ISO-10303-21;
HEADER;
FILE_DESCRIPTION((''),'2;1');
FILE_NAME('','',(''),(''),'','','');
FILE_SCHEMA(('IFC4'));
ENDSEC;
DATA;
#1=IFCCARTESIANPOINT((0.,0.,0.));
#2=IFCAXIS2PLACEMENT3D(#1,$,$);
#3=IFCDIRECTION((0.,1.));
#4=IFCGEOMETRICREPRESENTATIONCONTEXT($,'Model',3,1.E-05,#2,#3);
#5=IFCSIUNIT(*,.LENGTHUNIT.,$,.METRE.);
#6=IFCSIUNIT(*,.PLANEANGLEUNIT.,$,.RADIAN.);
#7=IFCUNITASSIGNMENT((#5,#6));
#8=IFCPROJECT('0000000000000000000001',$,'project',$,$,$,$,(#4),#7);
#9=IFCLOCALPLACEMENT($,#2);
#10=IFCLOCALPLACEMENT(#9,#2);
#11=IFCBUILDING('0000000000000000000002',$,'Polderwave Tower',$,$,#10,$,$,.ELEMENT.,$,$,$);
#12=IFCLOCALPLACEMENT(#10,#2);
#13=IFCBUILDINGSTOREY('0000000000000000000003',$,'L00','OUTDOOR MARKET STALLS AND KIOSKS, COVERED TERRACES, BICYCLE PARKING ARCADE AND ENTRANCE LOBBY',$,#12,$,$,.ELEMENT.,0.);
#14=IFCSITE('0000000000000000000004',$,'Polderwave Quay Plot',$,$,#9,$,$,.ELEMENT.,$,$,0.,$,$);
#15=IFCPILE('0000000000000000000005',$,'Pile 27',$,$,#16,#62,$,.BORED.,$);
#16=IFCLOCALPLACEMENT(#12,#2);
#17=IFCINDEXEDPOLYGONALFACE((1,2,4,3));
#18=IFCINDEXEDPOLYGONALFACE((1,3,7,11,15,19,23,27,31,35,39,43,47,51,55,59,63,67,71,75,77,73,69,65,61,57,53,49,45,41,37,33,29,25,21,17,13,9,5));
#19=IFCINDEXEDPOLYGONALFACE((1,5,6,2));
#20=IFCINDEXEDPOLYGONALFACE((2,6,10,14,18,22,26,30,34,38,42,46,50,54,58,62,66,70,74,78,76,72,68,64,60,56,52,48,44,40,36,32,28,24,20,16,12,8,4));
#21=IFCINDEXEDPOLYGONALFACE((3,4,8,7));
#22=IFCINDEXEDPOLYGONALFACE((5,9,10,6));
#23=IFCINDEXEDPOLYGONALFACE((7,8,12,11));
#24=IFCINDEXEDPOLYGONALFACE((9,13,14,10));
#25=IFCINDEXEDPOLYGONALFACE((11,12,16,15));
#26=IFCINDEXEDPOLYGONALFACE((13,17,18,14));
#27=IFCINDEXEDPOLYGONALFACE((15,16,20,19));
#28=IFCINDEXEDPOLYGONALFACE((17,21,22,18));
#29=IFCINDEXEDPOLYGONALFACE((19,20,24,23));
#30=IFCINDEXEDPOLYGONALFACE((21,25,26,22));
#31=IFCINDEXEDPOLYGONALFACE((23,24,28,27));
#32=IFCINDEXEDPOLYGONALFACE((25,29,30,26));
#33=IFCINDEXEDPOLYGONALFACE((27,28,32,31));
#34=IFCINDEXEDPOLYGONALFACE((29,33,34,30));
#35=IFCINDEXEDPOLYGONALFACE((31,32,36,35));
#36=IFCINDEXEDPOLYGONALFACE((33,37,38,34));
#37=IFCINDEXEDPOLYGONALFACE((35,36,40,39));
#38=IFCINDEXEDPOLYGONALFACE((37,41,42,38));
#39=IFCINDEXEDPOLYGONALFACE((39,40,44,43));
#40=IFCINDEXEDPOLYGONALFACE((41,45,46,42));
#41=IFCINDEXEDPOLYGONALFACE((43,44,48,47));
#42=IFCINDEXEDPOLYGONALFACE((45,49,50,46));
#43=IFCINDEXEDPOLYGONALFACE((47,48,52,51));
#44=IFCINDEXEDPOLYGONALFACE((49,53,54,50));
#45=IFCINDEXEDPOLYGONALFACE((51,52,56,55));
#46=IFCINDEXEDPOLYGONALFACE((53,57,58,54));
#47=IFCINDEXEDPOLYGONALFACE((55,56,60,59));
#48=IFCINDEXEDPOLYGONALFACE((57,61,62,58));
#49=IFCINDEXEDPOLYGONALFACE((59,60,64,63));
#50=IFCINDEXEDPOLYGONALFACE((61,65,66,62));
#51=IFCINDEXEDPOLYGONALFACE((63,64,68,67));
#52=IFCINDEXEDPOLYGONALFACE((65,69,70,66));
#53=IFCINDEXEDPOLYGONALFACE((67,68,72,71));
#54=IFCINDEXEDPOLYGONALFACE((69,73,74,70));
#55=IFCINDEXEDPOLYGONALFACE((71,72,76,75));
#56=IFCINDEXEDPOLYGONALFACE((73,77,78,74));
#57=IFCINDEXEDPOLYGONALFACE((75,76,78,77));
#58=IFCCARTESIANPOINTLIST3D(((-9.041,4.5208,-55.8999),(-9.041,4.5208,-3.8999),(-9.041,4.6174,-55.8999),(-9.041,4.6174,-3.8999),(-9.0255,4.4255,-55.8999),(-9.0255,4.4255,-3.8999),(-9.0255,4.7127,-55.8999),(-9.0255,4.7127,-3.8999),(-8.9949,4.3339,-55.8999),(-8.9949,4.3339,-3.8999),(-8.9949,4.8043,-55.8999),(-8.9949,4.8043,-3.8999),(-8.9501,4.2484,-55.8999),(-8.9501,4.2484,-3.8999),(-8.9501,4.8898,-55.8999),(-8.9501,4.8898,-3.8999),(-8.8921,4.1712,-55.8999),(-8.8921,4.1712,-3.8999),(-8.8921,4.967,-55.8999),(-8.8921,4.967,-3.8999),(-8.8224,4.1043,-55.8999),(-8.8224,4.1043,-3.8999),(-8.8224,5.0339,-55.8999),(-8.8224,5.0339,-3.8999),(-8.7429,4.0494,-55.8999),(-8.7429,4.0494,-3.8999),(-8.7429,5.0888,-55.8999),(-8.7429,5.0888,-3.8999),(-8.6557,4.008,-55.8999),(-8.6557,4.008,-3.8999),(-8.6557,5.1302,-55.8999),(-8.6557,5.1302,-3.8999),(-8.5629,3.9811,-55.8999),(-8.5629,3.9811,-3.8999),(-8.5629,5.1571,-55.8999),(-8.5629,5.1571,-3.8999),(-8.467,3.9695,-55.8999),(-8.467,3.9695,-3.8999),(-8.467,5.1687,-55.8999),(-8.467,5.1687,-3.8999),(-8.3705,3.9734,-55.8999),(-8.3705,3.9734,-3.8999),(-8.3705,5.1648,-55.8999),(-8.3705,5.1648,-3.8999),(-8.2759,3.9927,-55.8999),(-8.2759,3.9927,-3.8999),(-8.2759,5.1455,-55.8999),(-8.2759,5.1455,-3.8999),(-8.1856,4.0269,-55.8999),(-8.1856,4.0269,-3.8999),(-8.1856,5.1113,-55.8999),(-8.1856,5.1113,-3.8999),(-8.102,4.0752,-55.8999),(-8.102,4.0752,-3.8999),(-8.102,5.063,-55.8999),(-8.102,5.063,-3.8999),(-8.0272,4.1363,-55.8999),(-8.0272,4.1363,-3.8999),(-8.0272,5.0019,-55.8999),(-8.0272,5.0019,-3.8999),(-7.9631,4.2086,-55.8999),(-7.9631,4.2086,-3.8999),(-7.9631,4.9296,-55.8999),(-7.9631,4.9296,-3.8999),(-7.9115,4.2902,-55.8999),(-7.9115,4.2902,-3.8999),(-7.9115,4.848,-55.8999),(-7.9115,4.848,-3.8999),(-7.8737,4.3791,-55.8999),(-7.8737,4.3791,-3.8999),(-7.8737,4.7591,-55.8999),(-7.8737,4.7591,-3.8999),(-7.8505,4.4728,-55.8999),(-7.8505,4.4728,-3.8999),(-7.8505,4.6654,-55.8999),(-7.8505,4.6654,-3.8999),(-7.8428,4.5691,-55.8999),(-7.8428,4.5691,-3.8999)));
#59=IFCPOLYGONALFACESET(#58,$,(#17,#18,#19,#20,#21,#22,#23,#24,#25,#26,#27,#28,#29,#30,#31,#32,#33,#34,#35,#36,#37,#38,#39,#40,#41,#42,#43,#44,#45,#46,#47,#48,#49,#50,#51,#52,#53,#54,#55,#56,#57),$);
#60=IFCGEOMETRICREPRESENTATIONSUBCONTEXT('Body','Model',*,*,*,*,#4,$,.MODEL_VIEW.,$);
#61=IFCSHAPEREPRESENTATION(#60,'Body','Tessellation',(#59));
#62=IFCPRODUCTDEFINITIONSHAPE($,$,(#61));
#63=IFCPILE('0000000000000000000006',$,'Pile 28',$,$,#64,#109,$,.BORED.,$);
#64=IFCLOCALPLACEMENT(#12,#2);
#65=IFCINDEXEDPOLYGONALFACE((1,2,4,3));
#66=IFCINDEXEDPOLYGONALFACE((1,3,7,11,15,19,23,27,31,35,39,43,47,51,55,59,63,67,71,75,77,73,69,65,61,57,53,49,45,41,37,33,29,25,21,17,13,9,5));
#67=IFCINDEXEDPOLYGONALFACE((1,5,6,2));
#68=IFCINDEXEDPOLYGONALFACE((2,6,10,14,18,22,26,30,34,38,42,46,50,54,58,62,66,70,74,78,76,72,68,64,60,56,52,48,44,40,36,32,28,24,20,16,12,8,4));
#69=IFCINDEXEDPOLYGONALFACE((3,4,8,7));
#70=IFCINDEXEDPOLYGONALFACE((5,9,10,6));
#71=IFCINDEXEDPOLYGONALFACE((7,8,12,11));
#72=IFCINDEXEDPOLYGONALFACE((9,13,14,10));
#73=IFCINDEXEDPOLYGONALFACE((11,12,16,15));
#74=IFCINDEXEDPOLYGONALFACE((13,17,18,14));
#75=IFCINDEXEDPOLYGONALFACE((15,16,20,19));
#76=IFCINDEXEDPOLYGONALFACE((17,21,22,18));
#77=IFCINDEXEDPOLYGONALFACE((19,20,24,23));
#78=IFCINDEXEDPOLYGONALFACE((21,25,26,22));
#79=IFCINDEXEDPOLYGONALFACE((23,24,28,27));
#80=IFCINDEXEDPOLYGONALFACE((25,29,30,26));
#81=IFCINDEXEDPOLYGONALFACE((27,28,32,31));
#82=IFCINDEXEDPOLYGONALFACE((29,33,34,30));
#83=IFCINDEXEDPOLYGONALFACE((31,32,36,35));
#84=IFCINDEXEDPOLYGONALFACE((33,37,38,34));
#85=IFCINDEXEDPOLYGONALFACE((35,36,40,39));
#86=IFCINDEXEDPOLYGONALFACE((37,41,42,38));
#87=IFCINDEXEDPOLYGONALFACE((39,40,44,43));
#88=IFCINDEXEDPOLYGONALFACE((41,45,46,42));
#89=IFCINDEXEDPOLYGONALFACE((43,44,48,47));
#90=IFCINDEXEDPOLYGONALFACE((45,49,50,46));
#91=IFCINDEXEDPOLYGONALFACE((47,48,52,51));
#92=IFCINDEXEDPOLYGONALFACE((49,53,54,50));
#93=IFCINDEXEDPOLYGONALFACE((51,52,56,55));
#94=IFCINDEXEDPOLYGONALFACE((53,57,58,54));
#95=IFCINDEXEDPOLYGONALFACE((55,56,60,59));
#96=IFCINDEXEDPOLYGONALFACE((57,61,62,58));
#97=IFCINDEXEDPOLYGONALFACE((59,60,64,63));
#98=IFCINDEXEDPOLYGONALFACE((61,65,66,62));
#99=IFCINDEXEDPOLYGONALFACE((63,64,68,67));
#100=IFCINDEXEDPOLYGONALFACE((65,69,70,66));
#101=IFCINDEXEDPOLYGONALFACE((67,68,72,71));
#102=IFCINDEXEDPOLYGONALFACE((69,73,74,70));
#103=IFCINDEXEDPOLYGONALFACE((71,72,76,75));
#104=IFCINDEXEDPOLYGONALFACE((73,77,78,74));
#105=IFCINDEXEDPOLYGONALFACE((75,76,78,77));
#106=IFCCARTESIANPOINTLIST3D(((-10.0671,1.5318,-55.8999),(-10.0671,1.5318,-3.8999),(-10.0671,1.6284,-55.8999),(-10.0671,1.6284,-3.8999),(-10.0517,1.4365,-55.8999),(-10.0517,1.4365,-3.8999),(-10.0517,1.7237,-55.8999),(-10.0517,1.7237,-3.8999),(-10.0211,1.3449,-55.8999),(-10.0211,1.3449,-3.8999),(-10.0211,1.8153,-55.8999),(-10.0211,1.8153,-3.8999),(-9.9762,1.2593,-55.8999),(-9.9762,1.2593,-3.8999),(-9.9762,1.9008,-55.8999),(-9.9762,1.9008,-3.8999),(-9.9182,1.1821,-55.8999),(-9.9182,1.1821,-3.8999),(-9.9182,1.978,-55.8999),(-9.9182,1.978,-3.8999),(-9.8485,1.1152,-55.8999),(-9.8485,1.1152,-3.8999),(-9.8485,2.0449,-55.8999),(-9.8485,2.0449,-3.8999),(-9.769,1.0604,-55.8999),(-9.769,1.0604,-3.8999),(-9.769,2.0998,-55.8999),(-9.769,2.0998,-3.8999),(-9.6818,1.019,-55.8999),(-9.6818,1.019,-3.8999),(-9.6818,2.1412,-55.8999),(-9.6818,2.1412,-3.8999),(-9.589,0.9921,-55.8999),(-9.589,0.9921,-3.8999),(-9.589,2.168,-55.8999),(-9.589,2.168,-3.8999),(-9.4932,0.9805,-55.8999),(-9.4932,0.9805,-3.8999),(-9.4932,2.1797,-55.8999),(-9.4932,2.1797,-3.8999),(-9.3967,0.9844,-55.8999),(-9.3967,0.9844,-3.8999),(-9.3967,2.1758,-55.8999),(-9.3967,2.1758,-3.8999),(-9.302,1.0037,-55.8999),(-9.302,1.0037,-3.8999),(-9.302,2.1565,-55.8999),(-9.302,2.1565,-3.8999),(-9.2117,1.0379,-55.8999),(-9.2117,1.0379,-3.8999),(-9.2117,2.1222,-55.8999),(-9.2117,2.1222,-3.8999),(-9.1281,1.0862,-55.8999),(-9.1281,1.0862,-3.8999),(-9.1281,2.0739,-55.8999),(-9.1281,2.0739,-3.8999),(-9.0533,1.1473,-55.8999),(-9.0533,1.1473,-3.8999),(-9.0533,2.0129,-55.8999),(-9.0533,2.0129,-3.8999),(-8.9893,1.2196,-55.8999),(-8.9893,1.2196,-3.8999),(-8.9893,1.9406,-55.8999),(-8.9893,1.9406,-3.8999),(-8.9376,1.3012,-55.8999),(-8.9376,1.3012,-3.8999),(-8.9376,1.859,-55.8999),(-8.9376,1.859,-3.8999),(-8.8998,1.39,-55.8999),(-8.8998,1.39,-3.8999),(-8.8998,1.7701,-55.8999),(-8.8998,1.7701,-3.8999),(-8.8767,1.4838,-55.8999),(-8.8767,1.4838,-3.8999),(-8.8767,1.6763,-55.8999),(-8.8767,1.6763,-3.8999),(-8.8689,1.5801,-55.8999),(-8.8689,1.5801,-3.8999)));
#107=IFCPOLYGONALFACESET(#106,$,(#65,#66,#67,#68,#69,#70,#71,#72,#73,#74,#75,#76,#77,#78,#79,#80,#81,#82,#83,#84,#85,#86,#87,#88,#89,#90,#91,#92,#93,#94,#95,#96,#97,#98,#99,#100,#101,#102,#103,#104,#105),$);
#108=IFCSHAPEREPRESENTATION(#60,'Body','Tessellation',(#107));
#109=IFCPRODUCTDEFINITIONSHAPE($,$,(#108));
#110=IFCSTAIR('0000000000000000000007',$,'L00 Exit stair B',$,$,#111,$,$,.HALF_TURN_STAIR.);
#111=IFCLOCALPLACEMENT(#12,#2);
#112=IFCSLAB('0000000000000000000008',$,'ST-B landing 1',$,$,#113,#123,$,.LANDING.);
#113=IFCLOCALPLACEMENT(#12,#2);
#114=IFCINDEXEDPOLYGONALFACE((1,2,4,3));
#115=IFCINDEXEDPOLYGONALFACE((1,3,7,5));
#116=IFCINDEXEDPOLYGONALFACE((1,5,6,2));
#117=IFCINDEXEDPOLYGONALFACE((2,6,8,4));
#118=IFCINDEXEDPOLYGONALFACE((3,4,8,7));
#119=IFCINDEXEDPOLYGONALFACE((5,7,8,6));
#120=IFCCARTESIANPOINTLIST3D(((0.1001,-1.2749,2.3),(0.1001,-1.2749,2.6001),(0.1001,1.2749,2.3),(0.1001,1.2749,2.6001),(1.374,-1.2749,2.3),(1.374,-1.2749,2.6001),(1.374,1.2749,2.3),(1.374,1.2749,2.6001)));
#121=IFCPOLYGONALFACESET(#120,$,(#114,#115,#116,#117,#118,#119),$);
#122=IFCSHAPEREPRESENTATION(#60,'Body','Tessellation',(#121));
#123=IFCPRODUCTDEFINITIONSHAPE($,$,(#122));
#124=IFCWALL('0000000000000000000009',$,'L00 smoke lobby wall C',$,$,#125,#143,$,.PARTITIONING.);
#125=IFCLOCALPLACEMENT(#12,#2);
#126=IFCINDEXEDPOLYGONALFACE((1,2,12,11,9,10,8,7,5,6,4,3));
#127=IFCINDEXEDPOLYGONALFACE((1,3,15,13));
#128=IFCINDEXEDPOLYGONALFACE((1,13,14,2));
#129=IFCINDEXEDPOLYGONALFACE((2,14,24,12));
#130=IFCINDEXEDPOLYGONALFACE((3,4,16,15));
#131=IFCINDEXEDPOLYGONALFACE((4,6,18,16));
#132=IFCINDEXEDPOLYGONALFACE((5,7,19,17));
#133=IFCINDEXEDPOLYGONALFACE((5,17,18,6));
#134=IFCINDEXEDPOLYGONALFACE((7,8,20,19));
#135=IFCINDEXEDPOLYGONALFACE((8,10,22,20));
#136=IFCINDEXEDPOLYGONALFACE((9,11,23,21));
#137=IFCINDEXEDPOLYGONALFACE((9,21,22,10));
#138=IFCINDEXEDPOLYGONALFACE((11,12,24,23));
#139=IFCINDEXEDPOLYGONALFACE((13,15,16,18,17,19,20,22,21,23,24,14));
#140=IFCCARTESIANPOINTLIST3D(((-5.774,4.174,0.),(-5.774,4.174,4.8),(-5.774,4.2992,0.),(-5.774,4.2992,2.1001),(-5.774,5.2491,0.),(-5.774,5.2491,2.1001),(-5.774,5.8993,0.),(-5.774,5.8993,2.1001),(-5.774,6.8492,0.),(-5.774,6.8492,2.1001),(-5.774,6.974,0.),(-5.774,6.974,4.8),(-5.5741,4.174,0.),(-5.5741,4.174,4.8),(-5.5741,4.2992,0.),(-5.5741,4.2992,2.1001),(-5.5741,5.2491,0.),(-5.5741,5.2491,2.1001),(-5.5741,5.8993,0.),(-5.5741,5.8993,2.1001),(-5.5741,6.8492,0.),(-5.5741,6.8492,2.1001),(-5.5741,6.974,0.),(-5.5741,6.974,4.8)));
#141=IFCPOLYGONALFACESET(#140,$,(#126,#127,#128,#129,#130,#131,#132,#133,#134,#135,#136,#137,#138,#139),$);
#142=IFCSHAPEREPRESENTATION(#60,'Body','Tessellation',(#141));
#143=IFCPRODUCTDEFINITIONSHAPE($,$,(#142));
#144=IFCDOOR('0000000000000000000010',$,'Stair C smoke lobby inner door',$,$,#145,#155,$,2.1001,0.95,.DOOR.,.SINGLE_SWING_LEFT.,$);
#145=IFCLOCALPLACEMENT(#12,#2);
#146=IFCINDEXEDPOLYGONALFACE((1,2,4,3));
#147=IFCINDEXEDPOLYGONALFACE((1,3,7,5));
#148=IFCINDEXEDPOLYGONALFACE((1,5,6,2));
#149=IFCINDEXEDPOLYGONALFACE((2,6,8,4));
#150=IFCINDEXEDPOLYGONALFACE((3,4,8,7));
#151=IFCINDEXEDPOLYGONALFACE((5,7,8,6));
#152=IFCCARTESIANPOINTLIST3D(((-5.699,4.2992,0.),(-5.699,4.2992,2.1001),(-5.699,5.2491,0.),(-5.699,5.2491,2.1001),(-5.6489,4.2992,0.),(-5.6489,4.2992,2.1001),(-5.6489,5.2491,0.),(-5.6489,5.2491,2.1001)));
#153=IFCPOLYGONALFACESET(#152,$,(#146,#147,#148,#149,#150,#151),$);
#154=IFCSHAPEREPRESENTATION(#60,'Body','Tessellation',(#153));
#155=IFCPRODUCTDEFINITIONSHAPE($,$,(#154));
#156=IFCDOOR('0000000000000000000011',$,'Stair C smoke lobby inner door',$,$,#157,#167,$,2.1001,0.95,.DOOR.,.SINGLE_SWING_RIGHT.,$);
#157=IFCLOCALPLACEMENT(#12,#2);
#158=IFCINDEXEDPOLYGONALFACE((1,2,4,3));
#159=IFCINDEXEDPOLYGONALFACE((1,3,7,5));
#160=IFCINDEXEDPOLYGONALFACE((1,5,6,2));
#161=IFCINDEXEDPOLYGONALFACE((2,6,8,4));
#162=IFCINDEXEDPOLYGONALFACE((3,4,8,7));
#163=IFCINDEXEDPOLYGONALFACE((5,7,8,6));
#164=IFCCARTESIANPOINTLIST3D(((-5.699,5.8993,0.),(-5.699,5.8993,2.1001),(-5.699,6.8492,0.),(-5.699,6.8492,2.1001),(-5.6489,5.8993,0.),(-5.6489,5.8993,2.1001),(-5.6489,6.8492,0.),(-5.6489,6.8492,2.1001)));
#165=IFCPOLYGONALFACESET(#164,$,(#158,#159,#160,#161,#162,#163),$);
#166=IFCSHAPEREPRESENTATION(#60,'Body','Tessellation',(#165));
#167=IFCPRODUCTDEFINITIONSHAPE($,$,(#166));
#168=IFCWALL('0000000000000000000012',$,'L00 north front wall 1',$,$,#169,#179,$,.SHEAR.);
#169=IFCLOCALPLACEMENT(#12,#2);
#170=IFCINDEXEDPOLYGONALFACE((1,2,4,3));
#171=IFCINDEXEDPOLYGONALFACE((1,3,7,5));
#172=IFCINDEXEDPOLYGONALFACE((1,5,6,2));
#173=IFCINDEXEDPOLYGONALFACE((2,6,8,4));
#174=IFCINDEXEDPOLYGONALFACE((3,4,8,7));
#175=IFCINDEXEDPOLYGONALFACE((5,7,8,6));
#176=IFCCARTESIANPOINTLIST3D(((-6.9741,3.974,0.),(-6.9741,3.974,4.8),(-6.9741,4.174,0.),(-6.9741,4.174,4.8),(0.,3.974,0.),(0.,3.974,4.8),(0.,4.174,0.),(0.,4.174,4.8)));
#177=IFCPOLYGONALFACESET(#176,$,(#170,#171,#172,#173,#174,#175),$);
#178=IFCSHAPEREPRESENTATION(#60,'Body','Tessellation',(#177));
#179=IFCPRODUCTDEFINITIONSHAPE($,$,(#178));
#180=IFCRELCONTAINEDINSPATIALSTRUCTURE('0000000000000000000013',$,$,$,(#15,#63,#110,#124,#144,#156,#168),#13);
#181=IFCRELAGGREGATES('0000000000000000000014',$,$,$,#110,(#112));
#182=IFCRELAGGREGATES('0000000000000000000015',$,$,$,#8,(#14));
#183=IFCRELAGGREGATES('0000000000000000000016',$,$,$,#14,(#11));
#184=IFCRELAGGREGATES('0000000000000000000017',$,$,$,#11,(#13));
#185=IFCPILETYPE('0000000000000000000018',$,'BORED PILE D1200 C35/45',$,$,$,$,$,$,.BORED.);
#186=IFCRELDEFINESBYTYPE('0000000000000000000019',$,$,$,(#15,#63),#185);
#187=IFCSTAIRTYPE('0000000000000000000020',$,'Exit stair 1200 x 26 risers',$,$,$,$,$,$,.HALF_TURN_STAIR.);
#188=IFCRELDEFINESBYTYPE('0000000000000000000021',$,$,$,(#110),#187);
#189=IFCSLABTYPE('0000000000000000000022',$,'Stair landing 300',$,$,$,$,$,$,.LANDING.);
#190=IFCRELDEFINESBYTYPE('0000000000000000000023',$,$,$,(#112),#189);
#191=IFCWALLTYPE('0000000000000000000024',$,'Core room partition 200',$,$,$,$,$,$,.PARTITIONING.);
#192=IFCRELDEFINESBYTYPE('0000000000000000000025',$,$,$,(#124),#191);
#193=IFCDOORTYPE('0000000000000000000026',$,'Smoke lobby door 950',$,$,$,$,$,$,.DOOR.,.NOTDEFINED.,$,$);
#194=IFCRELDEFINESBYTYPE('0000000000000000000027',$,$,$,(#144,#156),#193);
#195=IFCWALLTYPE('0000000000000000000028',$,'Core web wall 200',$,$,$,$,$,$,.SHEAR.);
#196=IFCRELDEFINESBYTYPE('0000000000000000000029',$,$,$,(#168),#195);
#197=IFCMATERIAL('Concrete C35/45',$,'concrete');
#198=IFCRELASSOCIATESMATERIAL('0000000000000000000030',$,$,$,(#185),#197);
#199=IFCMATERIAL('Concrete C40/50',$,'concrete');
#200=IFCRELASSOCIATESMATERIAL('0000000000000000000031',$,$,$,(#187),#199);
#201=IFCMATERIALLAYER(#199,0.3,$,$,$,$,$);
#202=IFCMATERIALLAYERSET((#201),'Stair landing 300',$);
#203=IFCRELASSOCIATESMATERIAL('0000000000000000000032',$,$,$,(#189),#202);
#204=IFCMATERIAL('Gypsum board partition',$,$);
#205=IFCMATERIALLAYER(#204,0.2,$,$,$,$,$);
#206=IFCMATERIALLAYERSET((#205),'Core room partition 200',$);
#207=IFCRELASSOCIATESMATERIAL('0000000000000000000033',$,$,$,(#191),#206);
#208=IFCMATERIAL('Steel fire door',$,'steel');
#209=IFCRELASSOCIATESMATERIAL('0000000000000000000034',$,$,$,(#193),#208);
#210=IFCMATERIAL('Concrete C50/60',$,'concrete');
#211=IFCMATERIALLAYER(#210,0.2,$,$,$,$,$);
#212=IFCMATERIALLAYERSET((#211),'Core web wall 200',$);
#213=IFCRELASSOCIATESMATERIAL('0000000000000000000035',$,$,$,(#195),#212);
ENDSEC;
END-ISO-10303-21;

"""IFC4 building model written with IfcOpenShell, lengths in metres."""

from ifc_helpers import new_model, si_unit, direction, frame, frame_2d, origin, origin_2d, place, context, subcontext, project, spatial, polyline, rectangle, circle, outline, extrude, material, layer, layer_set, material_profile, profile_set, type_object, element, fill, aggregate, save


model = new_model("IFC4")

# Units and contexts
model_context = context("Model", 3, precision=1e-05, world=origin(), true_north=direction((0.0, 1.0)))
body_context = subcontext(model_context, "Body", "Model", "MODEL_VIEW")
ifc_project = project(units=[si_unit("LENGTHUNIT", "METRE"), si_unit("PLANEANGLEUNIT", "RADIAN")], contexts=[model_context])

# Site, building, storey
site_placement = place(None, origin())
site = spatial("IfcSite", under=ifc_project, at=site_placement, Name="Polderwave Quay Plot", CompositionType="ELEMENT", RefElevation=0.0)
building_placement = place(site_placement, origin())
building = spatial("IfcBuilding", under=site, at=building_placement, Name="Polderwave Tower", CompositionType="ELEMENT")
storey_placement = place(building_placement, origin())
storey = spatial("IfcBuildingStorey", under=building, at=storey_placement, Name="L00", Description="OUTDOOR MARKET STALLS AND KIOSKS, COVERED TERRACES, BICYCLE PARKING ARCADE AND ENTRANCE LOBBY", CompositionType="ELEMENT", Elevation=0.0)

# Piles
ifc_material_1 = material(Name="Concrete C35/45", Category="concrete")
ifc_material_profile = material_profile(ifc_material_1, circle(Radius=0.6001, at=origin_2d()), Name="BORED D1200")
ifc_profile_set = profile_set([ifc_material_profile], Name="Concrete C35/45")
pile_type = type_object("IfcPileType", Name="BORED PILE D1200 C35/45", PredefinedType="BORED", material=ifc_profile_set)
for number, where, z_axis, x_axis, name in (
    (1, (-8.4429, 4.5691, -3.8999), (0.0, 0.0, -1.0), (1.0, 0.0, 0.0), "Pile 27"),
    (2, (-9.469, 1.5801, -3.8999), (0.0, 0.0, -1.0), (1.0, 0.0, 0.0), "Pile 28"),
):
    element("IfcPile", number, at=place(storey_placement, frame(where, z_axis=z_axis, x_axis=x_axis)), inside=storey, type_object=pile_type, Name=name, PredefinedType="BORED", context=body_context, shape_type="SweptSolid", body=[
        extrude(circle(Radius=0.6001, at=origin_2d()), origin(), (0.0, 0.0, 1.0), 52.0),
    ])

# Stair, slab
ifc_material_2 = material(Name="Concrete C40/50", Category="concrete")
stair_type = type_object("IfcStairType", Name="Exit stair 1200 x 26 risers", PredefinedType="HALF_TURN_STAIR", material=ifc_material_2)
stair_1_placement = place(storey_placement, origin())
stair_1 = element("IfcStair", 3, at=stair_1_placement, inside=storey, type_object=stair_type, Name="L00 Exit stair B", PredefinedType="HALF_TURN_STAIR")
ifc_layer_1 = layer(ifc_material_2, 0.3)
ifc_layer_set_1 = layer_set([ifc_layer_1], Name="Stair landing 300")
slab_type = type_object("IfcSlabType", Name="Stair landing 300", PredefinedType="LANDING", material=ifc_layer_set_1)
slab_placement = place(storey_placement, frame((0.0, 0.0, 2.3)))
slab = element("IfcSlab", 4, at=slab_placement, type_object=slab_type, Name="ST-B landing 1", PredefinedType="LANDING", context=body_context, shape_type="SweptSolid", body=[
    extrude(outline(polyline([(1.374, 1.2749), (0.1001, 1.2749), (0.1001, -1.2749), (1.374, -1.2749), (1.374, 1.2749)])), origin(), (0.0, 0.0, 1.0), 0.3),
])
aggregate(stair_1, [slab])

# Wall, openings, doors
ifc_material_3 = material(Name="Gypsum board partition")
ifc_layer_2 = layer(ifc_material_3, 0.2)
ifc_layer_set_2 = layer_set([ifc_layer_2], Name="Core room partition 200")
wall_type_1 = type_object("IfcWallType", Name="Core room partition 200", PredefinedType="PARTITIONING", material=ifc_layer_set_2)
wall_1_placement = place(storey_placement, frame((-5.6741, 4.1741, 0.0), z_axis=(0.0, 0.0, 1.0), x_axis=(0.0, 1.0, 0.0)))
wall_1 = element("IfcWall", 5, at=wall_1_placement, inside=storey, type_object=wall_type_1, Name="L00 smoke lobby wall C", PredefinedType="PARTITIONING", context=body_context, shape_type="SweptSolid", body=[
    extrude(rectangle(XDim=2.8, YDim=0.2, at=frame_2d((1.3999, 0.0))), origin(), (0.0, 0.0, 1.0), 4.8),
])
opening_1_placement = place(wall_1_placement, frame((0.125, 0.0, 0.0)))
opening_1 = element("IfcOpeningElement", 6, at=opening_1_placement, cuts=wall_1, PredefinedType="OPENING", context=body_context, shape_type="SweptSolid", body=[
    extrude(rectangle(XDim=0.95, YDim=2.1001, at=frame_2d((0.4751, 1.05))), frame((0.0, 0.1099, 0.0), z_axis=(0.0, -1.0, 0.0), x_axis=(1.0, 0.0, 0.0)), (0.0, 0.0, 1.0), 0.22),
])
opening_2_placement = place(wall_1_placement, frame((1.7251, 0.0, 0.0)))
opening_2 = element("IfcOpeningElement", 7, at=opening_2_placement, cuts=wall_1, PredefinedType="OPENING", context=body_context, shape_type="SweptSolid", body=[
    extrude(rectangle(XDim=0.95, YDim=2.1001, at=frame_2d((0.4751, 1.05))), frame((0.0, 0.1099, 0.0), z_axis=(0.0, -1.0, 0.0), x_axis=(1.0, 0.0, 0.0)), (0.0, 0.0, 1.0), 0.22),
])
ifc_material_4 = material(Name="Steel fire door", Category="steel")
door_type_1 = type_object("IfcDoorType", Name="Smoke lobby door 950", OperationType="NOTDEFINED", PredefinedType="DOOR", material=ifc_material_4)
door_1_placement = place(opening_1_placement, origin())
door_1 = element("IfcDoor", 8, at=door_1_placement, inside=storey, type_object=door_type_1, Name="Stair C smoke lobby inner door", OperationType="SINGLE_SWING_LEFT", OverallHeight=2.1001, OverallWidth=0.95, PredefinedType="DOOR", context=body_context, shape_type="SweptSolid", body=[
    extrude(rectangle(XDim=0.95, YDim=2.1001, at=frame_2d((0.4751, 1.05))), frame((0.0, 0.0249, 0.0), z_axis=(0.0, -1.0, 0.0), x_axis=(1.0, 0.0, 0.0)), (0.0, 0.0, 1.0), 0.05),
])
fill(opening_1, door_1)
door_2_placement = place(opening_2_placement, origin())
door_2 = element("IfcDoor", 9, at=door_2_placement, inside=storey, type_object=door_type_1, Name="Stair C smoke lobby inner door", OperationType="SINGLE_SWING_RIGHT", OverallHeight=2.1001, OverallWidth=0.95, PredefinedType="DOOR", context=body_context, shape_type="SweptSolid", body=[
    extrude(rectangle(XDim=0.95, YDim=2.1001, at=frame_2d((0.4751, 1.05))), frame((0.0, 0.0249, 0.0), z_axis=(0.0, -1.0, 0.0), x_axis=(1.0, 0.0, 0.0)), (0.0, 0.0, 1.0), 0.05),
])
fill(opening_2, door_2)

# Wall
ifc_material_5 = material(Name="Concrete C50/60", Category="concrete")
ifc_layer_3 = layer(ifc_material_5, 0.2)
ifc_layer_set_3 = layer_set([ifc_layer_3], Name="Core web wall 200")
wall_type_2 = type_object("IfcWallType", Name="Core web wall 200", PredefinedType="SHEAR", material=ifc_layer_set_3)
wall_2_placement = place(storey_placement, frame((-6.9741, 4.074, 0.0), z_axis=(0.0, 0.0, 1.0), x_axis=(1.0, 0.0, 0.0)))
element("IfcWall", 10, at=wall_2_placement, inside=storey, type_object=wall_type_2, Name="L00 north front wall 1", PredefinedType="SHEAR", context=body_context, shape_type="SweptSolid", body=[
    extrude(rectangle(XDim=6.9741, YDim=0.2, at=frame_2d((3.4871, 0.0))), origin(), (0.0, 0.0, 1.0), 4.8),
])

save(model, "model.ifc")
